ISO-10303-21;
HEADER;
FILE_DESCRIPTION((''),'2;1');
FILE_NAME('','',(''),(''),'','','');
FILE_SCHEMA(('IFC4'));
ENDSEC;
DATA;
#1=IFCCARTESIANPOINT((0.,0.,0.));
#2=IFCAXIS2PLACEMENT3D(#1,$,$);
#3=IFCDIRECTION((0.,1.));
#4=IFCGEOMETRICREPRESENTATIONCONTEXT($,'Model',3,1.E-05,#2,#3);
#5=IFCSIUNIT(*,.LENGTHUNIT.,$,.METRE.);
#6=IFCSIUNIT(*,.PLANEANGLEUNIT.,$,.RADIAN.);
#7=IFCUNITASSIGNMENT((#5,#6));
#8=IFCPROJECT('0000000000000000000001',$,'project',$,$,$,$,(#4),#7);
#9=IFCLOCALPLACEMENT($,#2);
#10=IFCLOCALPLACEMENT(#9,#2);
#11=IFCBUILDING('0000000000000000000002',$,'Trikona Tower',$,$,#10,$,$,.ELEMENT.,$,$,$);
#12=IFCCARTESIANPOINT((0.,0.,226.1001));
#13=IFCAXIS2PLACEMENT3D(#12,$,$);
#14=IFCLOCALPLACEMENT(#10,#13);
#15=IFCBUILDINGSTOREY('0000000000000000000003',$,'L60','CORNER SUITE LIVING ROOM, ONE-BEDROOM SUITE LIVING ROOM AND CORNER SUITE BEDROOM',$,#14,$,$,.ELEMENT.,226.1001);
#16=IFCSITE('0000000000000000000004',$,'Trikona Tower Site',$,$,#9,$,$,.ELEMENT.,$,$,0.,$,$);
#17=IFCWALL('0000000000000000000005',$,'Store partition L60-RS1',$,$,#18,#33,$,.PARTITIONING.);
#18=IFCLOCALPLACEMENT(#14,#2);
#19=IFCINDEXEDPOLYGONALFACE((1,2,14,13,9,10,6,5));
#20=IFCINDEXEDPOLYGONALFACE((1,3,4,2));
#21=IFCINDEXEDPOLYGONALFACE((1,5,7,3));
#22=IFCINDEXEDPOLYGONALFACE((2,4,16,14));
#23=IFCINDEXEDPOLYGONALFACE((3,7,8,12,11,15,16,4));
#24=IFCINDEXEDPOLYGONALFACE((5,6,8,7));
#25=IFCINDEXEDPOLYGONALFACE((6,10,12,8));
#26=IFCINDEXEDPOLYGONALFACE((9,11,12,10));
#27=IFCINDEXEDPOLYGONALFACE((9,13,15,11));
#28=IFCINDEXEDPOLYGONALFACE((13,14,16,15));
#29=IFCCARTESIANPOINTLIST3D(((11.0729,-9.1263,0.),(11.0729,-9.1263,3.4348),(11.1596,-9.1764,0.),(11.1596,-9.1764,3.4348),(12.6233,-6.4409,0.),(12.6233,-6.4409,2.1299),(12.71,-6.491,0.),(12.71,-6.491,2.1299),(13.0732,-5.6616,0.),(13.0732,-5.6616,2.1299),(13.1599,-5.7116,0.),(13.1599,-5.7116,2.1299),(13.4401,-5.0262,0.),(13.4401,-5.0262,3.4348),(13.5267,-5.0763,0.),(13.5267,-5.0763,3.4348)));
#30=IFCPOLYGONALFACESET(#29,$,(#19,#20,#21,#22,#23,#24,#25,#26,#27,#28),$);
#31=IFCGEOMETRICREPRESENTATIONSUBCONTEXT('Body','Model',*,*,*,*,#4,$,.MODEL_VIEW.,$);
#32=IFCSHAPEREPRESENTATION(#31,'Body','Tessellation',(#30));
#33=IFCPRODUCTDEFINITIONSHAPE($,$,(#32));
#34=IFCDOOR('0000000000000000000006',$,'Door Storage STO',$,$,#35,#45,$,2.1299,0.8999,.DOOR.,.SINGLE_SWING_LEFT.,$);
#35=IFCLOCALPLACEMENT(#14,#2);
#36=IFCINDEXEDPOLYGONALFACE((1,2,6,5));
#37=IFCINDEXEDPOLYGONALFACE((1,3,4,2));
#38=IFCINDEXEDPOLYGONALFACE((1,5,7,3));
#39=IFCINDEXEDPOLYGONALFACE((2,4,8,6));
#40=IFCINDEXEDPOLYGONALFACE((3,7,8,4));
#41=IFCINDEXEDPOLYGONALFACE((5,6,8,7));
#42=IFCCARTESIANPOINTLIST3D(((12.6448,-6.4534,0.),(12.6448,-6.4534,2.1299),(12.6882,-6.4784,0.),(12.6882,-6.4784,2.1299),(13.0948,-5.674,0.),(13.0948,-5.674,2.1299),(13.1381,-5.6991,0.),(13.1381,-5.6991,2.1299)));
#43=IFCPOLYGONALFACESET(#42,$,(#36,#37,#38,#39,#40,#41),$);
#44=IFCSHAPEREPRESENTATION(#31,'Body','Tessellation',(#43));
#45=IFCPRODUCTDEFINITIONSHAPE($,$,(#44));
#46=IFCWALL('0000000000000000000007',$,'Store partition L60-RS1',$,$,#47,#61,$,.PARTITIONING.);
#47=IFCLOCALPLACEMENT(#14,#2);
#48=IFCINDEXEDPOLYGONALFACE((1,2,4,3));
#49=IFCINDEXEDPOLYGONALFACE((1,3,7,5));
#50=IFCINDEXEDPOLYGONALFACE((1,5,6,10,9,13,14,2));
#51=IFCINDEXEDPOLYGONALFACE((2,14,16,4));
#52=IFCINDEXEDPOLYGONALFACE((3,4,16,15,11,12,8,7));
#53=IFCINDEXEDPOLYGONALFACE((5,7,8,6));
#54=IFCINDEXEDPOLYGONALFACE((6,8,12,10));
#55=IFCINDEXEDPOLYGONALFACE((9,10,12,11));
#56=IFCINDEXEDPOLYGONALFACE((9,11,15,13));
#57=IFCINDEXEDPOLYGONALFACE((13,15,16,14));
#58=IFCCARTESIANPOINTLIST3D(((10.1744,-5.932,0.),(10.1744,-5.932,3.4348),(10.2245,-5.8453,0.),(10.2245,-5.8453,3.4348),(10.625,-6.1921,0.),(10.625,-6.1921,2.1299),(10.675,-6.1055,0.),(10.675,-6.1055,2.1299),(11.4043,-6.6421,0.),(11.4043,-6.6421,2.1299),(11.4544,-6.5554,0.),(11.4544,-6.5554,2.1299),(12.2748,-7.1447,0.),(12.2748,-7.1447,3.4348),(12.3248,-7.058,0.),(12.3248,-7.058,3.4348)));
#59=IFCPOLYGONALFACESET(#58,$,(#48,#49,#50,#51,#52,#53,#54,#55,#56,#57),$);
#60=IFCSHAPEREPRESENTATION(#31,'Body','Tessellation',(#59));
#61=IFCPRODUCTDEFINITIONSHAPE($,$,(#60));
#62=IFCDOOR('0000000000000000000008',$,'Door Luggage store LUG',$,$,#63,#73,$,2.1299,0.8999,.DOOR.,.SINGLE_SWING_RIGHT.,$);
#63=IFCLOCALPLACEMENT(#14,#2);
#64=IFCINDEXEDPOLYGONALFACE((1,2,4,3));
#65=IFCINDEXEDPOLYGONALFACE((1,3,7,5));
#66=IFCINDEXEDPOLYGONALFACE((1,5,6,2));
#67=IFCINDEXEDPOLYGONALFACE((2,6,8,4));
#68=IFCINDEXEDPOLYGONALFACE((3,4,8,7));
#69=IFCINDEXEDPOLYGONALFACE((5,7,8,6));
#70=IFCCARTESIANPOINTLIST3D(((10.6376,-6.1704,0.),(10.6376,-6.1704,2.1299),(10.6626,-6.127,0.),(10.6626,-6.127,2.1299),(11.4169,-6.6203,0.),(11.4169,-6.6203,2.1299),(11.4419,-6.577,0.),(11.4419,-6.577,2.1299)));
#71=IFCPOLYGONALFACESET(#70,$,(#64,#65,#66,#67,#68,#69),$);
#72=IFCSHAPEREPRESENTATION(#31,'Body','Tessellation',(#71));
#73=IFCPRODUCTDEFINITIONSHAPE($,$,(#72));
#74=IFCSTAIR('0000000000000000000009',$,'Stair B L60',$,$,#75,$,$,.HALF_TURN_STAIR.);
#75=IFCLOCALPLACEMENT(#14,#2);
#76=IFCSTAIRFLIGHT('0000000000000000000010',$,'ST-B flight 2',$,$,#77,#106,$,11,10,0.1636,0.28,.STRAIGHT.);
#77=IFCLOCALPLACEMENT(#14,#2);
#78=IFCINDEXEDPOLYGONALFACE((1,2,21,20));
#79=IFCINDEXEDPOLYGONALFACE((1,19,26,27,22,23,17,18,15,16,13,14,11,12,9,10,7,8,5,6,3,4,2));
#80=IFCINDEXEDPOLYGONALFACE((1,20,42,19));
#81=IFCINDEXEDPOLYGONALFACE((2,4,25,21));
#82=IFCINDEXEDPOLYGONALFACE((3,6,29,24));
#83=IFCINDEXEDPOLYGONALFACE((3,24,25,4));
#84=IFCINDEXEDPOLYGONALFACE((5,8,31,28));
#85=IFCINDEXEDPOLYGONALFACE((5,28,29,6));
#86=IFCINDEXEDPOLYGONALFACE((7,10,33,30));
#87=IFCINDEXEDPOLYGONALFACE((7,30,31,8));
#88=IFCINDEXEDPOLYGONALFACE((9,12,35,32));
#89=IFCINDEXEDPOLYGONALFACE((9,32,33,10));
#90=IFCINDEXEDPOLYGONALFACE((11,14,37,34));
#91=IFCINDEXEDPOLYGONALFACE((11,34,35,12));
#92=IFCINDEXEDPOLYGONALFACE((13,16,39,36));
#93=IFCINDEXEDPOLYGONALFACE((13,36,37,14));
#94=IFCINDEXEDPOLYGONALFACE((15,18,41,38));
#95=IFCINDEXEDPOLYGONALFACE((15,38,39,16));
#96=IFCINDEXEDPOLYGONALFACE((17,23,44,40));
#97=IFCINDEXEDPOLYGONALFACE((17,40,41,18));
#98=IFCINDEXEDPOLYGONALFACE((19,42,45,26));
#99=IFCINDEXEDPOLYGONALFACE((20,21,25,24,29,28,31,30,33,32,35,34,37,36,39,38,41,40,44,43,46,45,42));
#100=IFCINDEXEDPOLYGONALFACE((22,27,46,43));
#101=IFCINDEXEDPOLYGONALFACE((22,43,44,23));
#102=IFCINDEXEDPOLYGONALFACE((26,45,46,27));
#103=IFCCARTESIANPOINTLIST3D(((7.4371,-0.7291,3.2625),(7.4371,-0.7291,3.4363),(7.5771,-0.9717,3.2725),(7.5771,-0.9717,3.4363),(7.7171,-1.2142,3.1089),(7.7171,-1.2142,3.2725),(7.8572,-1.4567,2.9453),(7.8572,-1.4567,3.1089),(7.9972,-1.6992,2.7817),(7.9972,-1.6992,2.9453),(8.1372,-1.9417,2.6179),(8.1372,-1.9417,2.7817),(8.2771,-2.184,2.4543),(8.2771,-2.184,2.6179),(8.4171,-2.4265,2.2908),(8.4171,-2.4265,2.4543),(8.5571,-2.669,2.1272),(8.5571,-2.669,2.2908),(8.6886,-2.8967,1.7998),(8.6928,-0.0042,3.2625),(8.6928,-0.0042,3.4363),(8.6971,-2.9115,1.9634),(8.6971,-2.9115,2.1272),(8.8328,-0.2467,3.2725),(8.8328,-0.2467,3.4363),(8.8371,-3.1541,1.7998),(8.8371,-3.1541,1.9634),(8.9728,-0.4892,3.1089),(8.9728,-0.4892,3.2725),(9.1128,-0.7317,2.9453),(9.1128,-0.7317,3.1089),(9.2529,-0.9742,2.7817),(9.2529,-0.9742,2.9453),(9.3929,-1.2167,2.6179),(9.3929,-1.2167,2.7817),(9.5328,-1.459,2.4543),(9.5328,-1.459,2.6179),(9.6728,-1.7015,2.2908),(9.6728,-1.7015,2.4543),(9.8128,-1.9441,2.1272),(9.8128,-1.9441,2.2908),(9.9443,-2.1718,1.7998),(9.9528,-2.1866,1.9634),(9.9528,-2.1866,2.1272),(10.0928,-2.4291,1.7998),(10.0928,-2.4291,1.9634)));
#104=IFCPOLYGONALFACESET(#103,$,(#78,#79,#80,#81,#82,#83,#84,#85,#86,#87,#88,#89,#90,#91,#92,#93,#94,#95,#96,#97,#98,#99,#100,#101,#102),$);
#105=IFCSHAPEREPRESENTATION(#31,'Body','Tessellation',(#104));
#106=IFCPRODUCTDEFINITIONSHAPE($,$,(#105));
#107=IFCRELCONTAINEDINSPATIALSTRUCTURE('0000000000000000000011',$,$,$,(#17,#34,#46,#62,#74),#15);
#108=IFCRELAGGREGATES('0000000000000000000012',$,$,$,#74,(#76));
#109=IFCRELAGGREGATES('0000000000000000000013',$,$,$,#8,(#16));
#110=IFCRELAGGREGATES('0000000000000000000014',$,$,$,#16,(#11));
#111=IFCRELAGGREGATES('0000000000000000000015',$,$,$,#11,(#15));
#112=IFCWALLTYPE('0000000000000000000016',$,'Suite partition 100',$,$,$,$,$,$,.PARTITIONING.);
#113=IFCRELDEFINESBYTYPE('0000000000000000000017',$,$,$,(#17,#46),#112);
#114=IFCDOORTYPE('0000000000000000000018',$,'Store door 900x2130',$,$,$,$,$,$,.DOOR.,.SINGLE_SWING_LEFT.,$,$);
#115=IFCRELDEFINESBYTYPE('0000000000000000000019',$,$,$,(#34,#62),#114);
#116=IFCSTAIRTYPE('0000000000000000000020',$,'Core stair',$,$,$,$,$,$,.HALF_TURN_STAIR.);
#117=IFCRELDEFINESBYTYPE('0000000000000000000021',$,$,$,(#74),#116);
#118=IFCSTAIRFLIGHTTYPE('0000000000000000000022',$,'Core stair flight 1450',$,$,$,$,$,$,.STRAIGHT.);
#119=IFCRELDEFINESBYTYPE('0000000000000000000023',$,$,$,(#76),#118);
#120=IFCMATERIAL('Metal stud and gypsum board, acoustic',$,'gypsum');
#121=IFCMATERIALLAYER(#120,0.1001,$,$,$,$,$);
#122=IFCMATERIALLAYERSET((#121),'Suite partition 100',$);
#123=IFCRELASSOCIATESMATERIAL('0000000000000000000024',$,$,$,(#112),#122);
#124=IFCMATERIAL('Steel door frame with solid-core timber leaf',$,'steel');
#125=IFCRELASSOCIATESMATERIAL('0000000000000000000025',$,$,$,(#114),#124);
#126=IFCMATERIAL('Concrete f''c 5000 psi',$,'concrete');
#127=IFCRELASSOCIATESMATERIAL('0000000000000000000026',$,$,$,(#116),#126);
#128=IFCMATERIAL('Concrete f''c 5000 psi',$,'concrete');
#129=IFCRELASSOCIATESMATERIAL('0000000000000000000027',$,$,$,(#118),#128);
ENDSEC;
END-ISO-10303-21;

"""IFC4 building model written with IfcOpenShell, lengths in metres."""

from ifc_helpers import new_model, si_unit, direction, frame, frame_2d, origin, place, context, subcontext, project, spatial, polyline, rectangle, outline, extrude, material, layer, layer_set, type_object, element, fill, aggregate, save


model = new_model("IFC4")

# Units and contexts
model_context = context("Model", 3, precision=1e-05, world=origin(), true_north=direction((0.0, 1.0)))
body_context = subcontext(model_context, "Body", "Model", "MODEL_VIEW")
ifc_project = project(units=[si_unit("LENGTHUNIT", "METRE"), si_unit("PLANEANGLEUNIT", "RADIAN")], contexts=[model_context])

# Site, building, storey
site_placement = place(None, origin())
site = spatial("IfcSite", under=ifc_project, at=site_placement, Name="Trikona Tower Site", CompositionType="ELEMENT", RefElevation=0.0)
building_placement = place(site_placement, origin())
building = spatial("IfcBuilding", under=site, at=building_placement, Name="Trikona Tower", CompositionType="ELEMENT")
storey_placement = place(building_placement, frame((0.0, 0.0, 226.1001)))
storey = spatial("IfcBuildingStorey", under=building, at=storey_placement, Name="L60", Description="CORNER SUITE LIVING ROOM, ONE-BEDROOM SUITE LIVING ROOM AND CORNER SUITE BEDROOM", CompositionType="ELEMENT", Elevation=226.1001)

# Walls, openings, doors
ifc_material_1 = material(Name="Metal stud and gypsum board, acoustic", Category="gypsum")
ifc_layer_1 = layer(ifc_material_1, 0.1001)
ifc_layer_set_1 = layer_set([ifc_layer_1], Name="Suite partition 100")
wall_type_1 = type_object("IfcWallType", Name="Suite partition 100", PredefinedType="PARTITIONING", material=ifc_layer_set_1)
wall_1_placement = place(storey_placement, frame((13.4834, -5.0513, 0.0), z_axis=(0.0, 0.0, 1.0), x_axis=(-0.499999, -0.866026, 0.0)))
wall_1 = element("IfcWall", 1, at=wall_1_placement, inside=storey, type_object=wall_type_1, Name="Store partition L60-RS1", PredefinedType="PARTITIONING", context=body_context, shape_type="SweptSolid", body=[
    extrude(rectangle(XDim=4.7344, YDim=0.1001, at=frame_2d((2.3672, 0.0))), origin(), (0.0, 0.0, 1.0), 3.4348),
])
opening_1_placement = place(wall_1_placement, frame((0.7336, 0.0, 0.0)))
opening_1 = element("IfcOpeningElement", 2, at=opening_1_placement, cuts=wall_1, PredefinedType="OPENING", context=body_context, shape_type="SweptSolid", body=[
    extrude(rectangle(XDim=0.8999, YDim=2.1299, at=frame_2d((0.45, 1.0649))), frame((0.0, 0.0601, 0.0), z_axis=(0.0, -1.0, 0.0), x_axis=(1.0, 0.0, 0.0)), (0.0, 0.0, 1.0), 0.1201),
])
ifc_material_2 = material(Name="Steel door frame with solid-core timber leaf", Category="steel")
door_type_1 = type_object("IfcDoorType", Name="Store door 900x2130", OperationType="SINGLE_SWING_LEFT", PredefinedType="DOOR", material=ifc_material_2)
door_1_placement = place(opening_1_placement, origin())
door_1 = element("IfcDoor", 3, at=door_1_placement, inside=storey, type_object=door_type_1, Name="Door Storage STO", OperationType="SINGLE_SWING_LEFT", OverallHeight=2.1299, OverallWidth=0.8999, PredefinedType="DOOR", context=body_context, shape_type="SweptSolid", body=[
    extrude(rectangle(XDim=0.8999, YDim=2.1299, at=frame_2d((0.45, 1.0649))), frame((0.0, 0.0249, 0.0), z_axis=(0.0, -1.0, 0.0), x_axis=(1.0, 0.0, 0.0)), (0.0, 0.0, 1.0), 0.05),
])
fill(opening_1, door_1)
wall_2_placement = place(storey_placement, frame((12.2998, -7.1013, 0.0), z_axis=(0.0, 0.0, 1.0), x_axis=(-0.866023, 0.500004, 0.0)))
wall_2 = element("IfcWall", 4, at=wall_2_placement, inside=storey, type_object=wall_type_1, Name="Store partition L60-RS1", PredefinedType="PARTITIONING", context=body_context, shape_type="SweptSolid", body=[
    extrude(rectangle(XDim=2.4253, YDim=0.1001, at=frame_2d((1.2126, 0.0))), origin(), (0.0, 0.0, 1.0), 3.4348),
])
opening_2_placement = place(wall_2_placement, frame((1.0051, 0.0, 0.0)))
opening_2 = element("IfcOpeningElement", 5, at=opening_2_placement, cuts=wall_2, PredefinedType="OPENING", context=body_context, shape_type="SweptSolid", body=[
    extrude(rectangle(XDim=0.8999, YDim=2.1299, at=frame_2d((0.45, 1.0649))), frame((0.0, 0.0601, 0.0), z_axis=(0.0, -1.0, 0.0), x_axis=(1.0, 0.0, 0.0)), (0.0, 0.0, 1.0), 0.1201),
])
door_2_placement = place(opening_2_placement, origin())
door_2 = element("IfcDoor", 6, at=door_2_placement, inside=storey, type_object=door_type_1, Name="Door Luggage store LUG", OperationType="SINGLE_SWING_RIGHT", OverallHeight=2.1299, OverallWidth=0.8999, PredefinedType="DOOR", context=body_context, shape_type="SweptSolid", body=[
    extrude(rectangle(XDim=0.8999, YDim=2.1299, at=frame_2d((0.45, 1.0649))), frame((0.0, 0.0249, 0.0), z_axis=(0.0, -1.0, 0.0), x_axis=(1.0, 0.0, 0.0)), (0.0, 0.0, 1.0), 0.05),
])
fill(opening_2, door_2)

# Stair, stair flight
ifc_material_3 = material(Name="Concrete f'c 5000 psi", Category="concrete")
stair_type = type_object("IfcStairType", Name="Core stair", PredefinedType="HALF_TURN_STAIR", material=ifc_material_3)
stair_placement = place(storey_placement, origin())
stair = element("IfcStair", 7, at=stair_placement, inside=storey, type_object=stair_type, Name="Stair B L60", PredefinedType="HALF_TURN_STAIR")
ifc_material_4 = material(Name="Concrete f'c 5000 psi", Category="concrete")
stair_flight_type = type_object("IfcStairFlightType", Name="Core stair flight 1450", PredefinedType="STRAIGHT", material=ifc_material_4)
stair_flight_placement = place(storey_placement, frame((9.4651, -2.7915, 1.7998), z_axis=(0.0, 0.0, 1.0), x_axis=(-0.5, 0.866025, 0.0)))
stair_flight = element("IfcStairFlight", 8, at=stair_flight_placement, type_object=stair_flight_type, Name="ST-B flight 2", NumberOfRisers=11, NumberOfTreads=10, PredefinedType="STRAIGHT", RiserHeight=0.1636, TreadLength=0.28, context=body_context, shape_type="SweptSolid", body=[
    extrude(outline(polyline([(0.0, 0.0), (0.0, 0.1636), (0.28, 0.1636), (0.28, 0.3274), (0.5601, 0.3274), (0.5601, 0.491), (0.8401, 0.491), (0.8401, 0.6545), (1.1201, 0.6545), (1.1201, 0.8181), (1.3999, 0.8181), (1.3999, 0.9819), (1.6799, 0.9819), (1.6799, 1.1455), (1.96, 1.1455), (1.96, 1.3091), (2.24, 1.3091), (2.24, 1.4727), (2.52, 1.4727), (2.52, 1.6365), (2.8, 1.6365), (2.8, 1.8), (2.8, 1.4626), (0.2971, 0.0), (0.0, 0.0)])), frame((0.0, 0.7251, 0.0), z_axis=(0.0, -1.0, 0.0), x_axis=(1.0, 0.0, 0.0)), (0.0, 0.0, 1.0), 1.45),
])
aggregate(stair, [stair_flight])

save(model, "model.ifc")
